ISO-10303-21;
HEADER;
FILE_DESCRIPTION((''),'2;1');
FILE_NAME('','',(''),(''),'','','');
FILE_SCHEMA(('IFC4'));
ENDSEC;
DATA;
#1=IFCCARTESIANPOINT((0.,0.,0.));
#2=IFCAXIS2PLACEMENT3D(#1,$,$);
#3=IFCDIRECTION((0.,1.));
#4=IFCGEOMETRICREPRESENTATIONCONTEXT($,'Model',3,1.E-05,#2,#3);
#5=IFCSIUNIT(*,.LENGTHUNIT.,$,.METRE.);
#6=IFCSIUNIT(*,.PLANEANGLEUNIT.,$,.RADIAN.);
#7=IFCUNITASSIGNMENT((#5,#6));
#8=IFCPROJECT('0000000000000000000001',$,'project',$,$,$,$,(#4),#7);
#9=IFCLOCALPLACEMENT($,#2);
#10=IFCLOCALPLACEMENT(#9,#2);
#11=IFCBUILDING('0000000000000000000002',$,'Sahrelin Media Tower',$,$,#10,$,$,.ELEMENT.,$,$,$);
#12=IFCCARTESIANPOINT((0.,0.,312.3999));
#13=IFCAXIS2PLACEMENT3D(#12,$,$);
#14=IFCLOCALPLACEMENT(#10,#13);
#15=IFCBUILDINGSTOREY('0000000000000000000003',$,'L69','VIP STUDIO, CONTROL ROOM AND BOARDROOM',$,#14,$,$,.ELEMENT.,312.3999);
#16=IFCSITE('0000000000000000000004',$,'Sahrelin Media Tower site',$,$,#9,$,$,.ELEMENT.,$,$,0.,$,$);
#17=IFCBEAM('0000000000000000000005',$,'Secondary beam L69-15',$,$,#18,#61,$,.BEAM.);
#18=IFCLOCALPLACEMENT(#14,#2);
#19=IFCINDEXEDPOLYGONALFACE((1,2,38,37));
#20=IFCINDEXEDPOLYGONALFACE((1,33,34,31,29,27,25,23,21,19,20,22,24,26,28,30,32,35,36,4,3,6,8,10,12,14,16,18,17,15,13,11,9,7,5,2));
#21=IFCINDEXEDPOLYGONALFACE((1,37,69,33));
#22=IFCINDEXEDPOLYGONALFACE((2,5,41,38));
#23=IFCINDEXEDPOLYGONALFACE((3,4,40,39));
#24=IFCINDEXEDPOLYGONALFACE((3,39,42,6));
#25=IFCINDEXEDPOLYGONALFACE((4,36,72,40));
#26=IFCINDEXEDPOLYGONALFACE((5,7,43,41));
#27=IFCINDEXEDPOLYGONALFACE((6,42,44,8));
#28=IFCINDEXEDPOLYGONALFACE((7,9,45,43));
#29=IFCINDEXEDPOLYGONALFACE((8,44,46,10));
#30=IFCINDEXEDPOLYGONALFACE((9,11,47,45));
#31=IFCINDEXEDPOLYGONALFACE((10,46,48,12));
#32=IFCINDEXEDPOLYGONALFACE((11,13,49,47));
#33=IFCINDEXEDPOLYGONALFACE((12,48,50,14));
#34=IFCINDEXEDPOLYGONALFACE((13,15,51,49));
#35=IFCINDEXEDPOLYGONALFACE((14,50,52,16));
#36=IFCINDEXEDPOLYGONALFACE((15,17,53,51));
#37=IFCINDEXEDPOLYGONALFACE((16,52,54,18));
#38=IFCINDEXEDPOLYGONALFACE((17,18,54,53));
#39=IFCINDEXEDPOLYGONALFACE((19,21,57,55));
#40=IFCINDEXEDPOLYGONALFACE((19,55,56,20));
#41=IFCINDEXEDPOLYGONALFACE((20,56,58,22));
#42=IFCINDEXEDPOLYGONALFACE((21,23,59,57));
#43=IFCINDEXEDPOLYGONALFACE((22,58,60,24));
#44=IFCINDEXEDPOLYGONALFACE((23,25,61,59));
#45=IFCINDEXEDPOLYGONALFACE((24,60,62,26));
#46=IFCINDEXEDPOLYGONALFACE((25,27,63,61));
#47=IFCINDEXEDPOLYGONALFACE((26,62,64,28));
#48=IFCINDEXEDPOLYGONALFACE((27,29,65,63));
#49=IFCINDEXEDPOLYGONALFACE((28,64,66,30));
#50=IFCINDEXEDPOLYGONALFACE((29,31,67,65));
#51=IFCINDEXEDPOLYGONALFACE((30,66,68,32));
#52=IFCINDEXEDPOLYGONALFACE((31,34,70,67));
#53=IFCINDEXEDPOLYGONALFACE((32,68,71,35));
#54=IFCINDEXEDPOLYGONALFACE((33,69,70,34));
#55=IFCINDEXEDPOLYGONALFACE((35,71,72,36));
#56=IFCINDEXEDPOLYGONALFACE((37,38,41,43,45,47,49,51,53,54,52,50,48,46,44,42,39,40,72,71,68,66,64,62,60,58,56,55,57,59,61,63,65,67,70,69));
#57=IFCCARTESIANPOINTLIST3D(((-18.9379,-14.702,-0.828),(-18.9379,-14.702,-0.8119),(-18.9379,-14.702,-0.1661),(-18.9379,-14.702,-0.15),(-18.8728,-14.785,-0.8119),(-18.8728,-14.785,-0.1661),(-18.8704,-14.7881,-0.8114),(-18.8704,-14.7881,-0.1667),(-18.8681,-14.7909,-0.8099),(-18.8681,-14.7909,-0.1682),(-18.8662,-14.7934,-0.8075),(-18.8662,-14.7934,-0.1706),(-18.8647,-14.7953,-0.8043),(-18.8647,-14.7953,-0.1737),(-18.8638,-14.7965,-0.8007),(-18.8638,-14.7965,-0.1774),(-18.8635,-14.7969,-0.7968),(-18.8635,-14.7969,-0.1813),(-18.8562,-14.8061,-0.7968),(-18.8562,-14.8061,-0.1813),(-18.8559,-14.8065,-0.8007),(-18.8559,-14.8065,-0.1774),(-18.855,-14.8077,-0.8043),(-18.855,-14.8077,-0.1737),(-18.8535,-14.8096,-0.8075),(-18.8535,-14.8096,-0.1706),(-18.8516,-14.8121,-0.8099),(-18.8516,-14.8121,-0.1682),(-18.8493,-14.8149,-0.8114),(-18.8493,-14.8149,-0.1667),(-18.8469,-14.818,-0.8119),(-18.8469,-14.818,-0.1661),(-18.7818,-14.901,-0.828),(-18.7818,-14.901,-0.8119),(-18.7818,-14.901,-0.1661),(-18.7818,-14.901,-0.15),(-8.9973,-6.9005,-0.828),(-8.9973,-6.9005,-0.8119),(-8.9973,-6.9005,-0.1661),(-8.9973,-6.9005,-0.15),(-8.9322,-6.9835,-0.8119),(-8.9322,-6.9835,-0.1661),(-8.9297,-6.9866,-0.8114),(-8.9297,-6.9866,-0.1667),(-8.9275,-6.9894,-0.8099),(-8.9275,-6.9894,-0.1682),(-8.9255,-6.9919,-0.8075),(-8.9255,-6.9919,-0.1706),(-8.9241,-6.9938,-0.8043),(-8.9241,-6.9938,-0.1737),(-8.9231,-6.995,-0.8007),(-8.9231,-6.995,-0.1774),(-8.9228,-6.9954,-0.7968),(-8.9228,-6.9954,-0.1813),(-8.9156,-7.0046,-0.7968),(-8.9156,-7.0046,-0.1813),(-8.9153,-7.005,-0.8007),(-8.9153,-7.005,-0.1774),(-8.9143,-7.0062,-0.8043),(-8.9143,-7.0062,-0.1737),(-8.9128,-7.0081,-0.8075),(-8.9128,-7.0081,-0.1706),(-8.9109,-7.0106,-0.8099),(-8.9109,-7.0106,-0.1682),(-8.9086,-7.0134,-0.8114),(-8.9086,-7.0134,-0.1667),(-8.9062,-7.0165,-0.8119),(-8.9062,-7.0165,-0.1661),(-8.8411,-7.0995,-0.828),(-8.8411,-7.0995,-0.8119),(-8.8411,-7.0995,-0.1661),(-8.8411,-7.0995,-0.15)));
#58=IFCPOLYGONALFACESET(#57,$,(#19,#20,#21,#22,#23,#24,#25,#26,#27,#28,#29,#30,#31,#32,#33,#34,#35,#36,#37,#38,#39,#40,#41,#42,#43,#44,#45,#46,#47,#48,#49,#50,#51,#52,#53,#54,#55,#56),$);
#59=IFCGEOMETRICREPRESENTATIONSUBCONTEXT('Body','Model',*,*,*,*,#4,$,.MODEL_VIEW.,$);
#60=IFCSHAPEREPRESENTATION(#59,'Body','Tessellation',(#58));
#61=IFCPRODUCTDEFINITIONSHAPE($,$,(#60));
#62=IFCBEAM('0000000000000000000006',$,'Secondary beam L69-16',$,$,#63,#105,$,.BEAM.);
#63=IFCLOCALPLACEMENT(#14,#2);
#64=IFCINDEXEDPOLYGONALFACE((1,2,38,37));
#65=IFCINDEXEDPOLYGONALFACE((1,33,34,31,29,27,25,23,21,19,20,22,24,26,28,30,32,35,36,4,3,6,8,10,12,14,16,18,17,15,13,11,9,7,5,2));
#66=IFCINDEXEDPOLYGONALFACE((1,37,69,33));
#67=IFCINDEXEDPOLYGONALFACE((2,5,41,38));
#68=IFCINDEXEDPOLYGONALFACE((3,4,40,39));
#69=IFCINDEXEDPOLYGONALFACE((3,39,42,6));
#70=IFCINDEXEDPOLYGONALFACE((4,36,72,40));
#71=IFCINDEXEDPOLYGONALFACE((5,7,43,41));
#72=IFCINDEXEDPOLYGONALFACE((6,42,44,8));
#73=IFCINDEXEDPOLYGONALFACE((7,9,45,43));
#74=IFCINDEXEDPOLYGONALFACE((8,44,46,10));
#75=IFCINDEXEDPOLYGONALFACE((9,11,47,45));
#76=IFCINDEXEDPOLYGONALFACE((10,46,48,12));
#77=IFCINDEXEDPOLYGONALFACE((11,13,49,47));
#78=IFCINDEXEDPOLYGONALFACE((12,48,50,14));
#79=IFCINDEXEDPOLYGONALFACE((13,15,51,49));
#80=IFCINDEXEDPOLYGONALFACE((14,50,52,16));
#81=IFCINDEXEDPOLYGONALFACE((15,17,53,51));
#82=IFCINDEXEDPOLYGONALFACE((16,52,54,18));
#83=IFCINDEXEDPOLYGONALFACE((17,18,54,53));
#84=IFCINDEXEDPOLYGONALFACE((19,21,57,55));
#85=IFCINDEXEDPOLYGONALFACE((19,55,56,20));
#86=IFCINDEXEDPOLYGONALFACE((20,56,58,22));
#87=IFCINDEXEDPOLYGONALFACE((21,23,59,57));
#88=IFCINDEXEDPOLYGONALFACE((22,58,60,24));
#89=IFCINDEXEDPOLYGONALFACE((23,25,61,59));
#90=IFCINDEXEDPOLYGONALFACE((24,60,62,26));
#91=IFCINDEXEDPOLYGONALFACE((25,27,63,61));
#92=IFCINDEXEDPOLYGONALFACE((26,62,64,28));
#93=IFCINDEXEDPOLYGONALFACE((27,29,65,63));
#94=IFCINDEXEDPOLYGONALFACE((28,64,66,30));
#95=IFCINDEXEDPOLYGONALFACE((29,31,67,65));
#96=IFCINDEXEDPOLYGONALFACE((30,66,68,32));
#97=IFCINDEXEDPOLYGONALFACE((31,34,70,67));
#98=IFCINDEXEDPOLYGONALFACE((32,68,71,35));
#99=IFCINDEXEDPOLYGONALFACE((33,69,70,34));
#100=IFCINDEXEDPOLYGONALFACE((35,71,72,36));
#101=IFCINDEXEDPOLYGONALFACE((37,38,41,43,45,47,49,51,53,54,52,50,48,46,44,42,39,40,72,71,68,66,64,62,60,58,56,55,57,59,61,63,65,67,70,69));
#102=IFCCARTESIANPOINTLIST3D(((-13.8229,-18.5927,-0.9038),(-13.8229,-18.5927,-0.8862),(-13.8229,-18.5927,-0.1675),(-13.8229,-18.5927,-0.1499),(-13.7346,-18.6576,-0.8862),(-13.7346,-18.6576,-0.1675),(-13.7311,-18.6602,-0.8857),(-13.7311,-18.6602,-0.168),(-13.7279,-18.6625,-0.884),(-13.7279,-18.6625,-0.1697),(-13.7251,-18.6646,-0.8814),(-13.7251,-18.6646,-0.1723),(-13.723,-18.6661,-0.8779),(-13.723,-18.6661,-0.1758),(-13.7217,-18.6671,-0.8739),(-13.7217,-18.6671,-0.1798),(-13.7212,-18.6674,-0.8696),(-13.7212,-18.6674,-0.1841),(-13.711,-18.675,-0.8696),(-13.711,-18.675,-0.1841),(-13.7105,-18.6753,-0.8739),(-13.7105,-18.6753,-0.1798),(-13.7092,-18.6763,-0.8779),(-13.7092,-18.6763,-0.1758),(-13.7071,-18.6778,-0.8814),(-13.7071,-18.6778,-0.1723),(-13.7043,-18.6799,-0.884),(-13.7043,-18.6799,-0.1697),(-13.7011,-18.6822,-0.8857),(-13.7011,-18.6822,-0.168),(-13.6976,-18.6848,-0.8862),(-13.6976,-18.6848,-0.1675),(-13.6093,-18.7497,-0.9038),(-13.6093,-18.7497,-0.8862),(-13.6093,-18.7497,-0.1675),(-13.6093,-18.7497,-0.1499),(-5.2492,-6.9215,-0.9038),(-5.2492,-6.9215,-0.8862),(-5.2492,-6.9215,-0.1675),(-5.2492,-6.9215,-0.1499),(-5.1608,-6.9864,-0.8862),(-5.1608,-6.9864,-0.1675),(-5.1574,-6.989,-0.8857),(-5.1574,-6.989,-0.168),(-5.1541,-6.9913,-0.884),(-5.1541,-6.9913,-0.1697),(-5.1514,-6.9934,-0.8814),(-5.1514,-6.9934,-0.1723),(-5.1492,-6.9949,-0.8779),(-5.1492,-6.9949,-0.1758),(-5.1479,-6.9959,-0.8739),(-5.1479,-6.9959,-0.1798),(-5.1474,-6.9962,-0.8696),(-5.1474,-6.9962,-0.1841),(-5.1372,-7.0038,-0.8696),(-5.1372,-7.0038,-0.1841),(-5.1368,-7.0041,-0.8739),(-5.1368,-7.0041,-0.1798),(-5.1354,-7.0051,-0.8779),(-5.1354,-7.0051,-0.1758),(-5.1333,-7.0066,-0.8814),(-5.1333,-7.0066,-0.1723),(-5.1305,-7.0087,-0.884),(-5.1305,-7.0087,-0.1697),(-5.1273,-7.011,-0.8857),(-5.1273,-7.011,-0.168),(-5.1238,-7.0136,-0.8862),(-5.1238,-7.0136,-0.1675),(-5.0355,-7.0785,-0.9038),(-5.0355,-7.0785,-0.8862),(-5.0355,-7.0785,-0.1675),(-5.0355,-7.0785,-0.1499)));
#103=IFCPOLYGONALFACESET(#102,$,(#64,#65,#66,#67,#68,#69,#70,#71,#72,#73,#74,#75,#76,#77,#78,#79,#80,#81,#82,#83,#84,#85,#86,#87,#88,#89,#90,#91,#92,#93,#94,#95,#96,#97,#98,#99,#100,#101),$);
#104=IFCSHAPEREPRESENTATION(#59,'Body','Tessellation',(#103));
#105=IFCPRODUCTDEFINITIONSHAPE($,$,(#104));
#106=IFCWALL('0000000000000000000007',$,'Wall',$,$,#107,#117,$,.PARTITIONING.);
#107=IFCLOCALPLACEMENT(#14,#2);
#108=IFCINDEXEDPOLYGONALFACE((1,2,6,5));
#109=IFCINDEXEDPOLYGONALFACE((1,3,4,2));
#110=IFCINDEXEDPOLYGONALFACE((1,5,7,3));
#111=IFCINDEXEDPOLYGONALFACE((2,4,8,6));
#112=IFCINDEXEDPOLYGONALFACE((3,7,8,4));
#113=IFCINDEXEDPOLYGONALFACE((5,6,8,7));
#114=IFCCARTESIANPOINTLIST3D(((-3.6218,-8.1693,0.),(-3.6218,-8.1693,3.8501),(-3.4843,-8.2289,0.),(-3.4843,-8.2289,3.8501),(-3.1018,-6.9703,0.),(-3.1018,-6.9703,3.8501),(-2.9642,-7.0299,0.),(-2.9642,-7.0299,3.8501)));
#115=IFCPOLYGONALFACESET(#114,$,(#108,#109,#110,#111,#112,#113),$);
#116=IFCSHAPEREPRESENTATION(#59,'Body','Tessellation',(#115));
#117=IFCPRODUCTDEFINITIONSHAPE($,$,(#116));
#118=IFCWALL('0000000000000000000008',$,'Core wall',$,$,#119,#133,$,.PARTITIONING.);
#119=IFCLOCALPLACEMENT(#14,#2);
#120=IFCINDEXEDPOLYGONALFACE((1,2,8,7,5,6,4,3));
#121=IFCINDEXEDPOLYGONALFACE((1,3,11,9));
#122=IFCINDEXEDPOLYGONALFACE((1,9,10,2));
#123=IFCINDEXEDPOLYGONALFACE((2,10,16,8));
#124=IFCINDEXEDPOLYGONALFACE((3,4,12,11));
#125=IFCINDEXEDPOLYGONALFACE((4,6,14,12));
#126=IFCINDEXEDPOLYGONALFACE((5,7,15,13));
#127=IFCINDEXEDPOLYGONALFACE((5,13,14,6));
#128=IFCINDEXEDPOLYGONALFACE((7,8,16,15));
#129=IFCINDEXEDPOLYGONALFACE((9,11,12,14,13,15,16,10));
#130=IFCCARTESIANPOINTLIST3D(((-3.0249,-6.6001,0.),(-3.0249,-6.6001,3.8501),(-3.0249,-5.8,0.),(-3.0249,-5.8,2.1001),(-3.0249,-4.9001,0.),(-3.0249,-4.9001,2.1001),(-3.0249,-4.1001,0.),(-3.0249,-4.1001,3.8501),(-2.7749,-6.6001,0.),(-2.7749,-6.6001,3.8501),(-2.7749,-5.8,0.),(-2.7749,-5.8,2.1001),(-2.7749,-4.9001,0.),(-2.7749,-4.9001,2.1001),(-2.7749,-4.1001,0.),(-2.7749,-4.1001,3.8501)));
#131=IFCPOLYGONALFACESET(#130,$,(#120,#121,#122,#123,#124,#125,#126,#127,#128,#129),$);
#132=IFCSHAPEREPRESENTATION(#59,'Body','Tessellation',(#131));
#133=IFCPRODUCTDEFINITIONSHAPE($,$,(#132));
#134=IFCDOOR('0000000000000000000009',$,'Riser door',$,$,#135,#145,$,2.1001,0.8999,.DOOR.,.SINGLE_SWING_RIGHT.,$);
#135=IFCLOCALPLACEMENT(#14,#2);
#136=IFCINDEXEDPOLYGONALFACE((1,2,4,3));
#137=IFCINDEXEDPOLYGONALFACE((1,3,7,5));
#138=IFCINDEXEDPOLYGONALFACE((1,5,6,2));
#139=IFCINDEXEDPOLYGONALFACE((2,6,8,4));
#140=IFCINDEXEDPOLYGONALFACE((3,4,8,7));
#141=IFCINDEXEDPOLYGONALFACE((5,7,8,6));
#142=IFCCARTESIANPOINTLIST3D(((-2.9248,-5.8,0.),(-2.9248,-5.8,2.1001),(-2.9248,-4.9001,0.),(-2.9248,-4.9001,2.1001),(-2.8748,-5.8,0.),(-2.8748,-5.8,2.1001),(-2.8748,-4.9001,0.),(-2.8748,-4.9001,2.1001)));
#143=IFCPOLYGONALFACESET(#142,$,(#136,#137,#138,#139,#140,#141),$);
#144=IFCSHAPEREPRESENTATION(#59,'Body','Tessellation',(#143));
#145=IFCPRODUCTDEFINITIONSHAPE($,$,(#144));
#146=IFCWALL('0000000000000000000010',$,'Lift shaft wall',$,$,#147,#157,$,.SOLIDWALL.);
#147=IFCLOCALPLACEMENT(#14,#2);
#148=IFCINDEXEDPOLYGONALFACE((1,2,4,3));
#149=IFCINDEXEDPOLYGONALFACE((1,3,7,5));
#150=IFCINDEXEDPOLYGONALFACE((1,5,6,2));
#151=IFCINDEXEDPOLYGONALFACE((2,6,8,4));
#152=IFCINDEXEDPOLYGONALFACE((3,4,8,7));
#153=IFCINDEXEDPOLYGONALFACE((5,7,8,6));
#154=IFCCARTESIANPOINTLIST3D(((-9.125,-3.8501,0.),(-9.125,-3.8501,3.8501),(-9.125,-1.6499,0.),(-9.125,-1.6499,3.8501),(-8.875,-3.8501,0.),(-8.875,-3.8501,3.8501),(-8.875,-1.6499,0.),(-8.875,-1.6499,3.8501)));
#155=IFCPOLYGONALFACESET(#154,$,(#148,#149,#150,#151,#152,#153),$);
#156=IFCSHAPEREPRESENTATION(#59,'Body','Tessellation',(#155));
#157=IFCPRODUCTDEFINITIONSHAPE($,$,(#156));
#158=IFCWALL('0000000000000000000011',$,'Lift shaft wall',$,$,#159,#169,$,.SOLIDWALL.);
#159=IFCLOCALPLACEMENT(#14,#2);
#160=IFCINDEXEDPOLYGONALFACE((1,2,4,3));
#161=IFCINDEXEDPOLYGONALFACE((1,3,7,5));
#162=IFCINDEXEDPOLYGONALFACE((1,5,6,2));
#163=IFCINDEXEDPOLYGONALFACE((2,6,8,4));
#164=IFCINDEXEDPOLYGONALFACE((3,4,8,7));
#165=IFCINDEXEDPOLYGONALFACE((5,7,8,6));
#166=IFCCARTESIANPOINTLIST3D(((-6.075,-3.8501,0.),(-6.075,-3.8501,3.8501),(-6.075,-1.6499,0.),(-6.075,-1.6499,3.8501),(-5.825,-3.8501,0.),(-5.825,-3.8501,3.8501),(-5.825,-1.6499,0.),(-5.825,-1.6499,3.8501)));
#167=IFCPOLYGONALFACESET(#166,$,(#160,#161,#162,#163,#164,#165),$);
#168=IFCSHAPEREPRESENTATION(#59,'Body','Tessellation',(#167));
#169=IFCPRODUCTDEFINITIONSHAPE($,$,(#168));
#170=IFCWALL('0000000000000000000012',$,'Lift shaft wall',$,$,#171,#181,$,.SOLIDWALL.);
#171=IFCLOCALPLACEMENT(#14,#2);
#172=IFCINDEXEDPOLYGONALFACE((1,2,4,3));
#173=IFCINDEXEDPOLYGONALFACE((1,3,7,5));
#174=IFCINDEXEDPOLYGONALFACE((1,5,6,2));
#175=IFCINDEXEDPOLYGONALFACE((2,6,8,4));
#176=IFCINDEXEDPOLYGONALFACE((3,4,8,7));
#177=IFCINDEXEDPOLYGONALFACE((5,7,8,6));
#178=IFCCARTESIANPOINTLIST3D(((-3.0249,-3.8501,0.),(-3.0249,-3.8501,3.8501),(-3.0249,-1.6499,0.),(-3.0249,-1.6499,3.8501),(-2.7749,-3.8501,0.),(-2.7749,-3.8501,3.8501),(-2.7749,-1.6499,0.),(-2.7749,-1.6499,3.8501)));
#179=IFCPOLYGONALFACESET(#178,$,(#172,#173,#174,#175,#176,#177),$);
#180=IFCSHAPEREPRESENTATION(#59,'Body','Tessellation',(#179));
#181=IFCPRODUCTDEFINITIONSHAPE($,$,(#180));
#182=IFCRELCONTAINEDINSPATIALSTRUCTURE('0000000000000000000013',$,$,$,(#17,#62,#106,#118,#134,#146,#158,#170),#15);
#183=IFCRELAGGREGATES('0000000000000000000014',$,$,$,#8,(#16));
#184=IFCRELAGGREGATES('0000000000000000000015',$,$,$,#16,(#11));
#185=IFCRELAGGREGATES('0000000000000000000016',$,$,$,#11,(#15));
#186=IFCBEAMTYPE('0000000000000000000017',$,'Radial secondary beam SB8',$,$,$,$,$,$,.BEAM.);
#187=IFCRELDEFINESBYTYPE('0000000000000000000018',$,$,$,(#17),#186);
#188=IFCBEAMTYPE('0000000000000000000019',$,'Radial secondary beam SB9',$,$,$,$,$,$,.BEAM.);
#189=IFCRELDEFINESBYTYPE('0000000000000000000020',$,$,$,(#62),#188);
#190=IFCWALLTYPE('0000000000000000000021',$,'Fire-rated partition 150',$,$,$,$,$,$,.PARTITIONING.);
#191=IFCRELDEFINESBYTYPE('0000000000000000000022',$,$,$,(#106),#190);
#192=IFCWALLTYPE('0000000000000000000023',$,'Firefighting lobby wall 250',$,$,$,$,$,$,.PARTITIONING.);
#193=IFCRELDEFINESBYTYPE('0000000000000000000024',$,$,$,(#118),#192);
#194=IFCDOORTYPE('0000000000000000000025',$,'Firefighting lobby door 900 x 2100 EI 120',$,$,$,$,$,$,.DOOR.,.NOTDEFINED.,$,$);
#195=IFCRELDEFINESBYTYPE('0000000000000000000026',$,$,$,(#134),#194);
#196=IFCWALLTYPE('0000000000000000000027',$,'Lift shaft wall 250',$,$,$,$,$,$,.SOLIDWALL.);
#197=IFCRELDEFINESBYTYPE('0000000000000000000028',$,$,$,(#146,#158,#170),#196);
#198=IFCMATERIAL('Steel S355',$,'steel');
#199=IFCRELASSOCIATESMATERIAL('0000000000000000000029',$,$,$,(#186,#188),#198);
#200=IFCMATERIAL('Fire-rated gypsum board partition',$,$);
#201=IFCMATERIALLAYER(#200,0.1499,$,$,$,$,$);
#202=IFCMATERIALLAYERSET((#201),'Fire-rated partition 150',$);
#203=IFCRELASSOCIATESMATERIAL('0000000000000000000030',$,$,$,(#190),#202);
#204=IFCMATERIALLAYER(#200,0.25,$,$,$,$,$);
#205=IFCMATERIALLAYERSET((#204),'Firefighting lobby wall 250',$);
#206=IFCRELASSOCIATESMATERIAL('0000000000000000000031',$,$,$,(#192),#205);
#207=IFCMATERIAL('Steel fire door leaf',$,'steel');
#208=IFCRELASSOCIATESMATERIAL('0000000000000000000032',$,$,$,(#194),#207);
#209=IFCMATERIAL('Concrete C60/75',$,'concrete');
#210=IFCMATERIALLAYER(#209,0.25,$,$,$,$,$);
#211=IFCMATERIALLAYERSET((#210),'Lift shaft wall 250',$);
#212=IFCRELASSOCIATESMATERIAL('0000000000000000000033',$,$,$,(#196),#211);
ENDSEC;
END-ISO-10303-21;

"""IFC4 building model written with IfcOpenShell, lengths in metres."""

from ifc_helpers import new_model, si_unit, direction, frame, frame_2d, origin, origin_2d, place, context, subcontext, project, spatial, rectangle, i_section, extrude, material, layer, layer_set, material_profile, profile_set, type_object, element, fill, save


model = new_model("IFC4")

# Units and contexts
model_context = context("Model", 3, precision=1e-05, world=origin(), true_north=direction((0.0, 1.0)))
body_context = subcontext(model_context, "Body", "Model", "MODEL_VIEW")
ifc_project = project(units=[si_unit("LENGTHUNIT", "METRE"), si_unit("PLANEANGLEUNIT", "RADIAN")], contexts=[model_context])

# Site, building, storey
site_placement = place(None, origin())
site = spatial("IfcSite", under=ifc_project, at=site_placement, Name="Sahrelin Media Tower site", CompositionType="ELEMENT", RefElevation=0.0)
building_placement = place(site_placement, origin())
building = spatial("IfcBuilding", under=site, at=building_placement, Name="Sahrelin Media Tower", CompositionType="ELEMENT")
storey_placement = place(building_placement, frame((0.0, 0.0, 312.3999)))
storey = spatial("IfcBuildingStorey", under=building, at=storey_placement, Name="L69", Description="VIP STUDIO, CONTROL ROOM AND BOARDROOM", CompositionType="ELEMENT", Elevation=312.3999)

# Beams
ifc_material_1 = material(Name="Steel S355", Category="steel")
ifc_material_profile_1 = material_profile(ifc_material_1, i_section(OverallWidth=0.2529, OverallDepth=0.678, WebThickness=0.0117, FlangeThickness=0.0161, FilletRadius=0.0151, at=origin_2d()), Name="UB 686x254x125")
ifc_profile_set_1 = profile_set([ifc_material_profile_1], Name="Steel S355")
beam_type_1 = type_object("IfcBeamType", Name="Radial secondary beam SB8", PredefinedType="BEAM", material=ifc_profile_set_1)
beam_1_placement = place(storey_placement, frame((-8.9192, -7.0, -0.489), z_axis=(-0.786665, -0.61738, 0.0), x_axis=(0.61738, -0.786665, 0.0)))
element("IfcBeam", 1, at=beam_1_placement, inside=storey, type_object=beam_type_1, Name="Secondary beam L69-15", PredefinedType="BEAM", context=body_context, shape_type="SweptSolid", body=[
    extrude(i_section(OverallWidth=0.2529, OverallDepth=0.678, WebThickness=0.0117, FlangeThickness=0.0161, FilletRadius=0.0151, at=origin_2d()), origin(), (0.0, 0.0, 1.0), 12.6365),
])
ifc_material_profile_2 = material_profile(ifc_material_1, i_section(OverallWidth=0.2651, OverallDepth=0.7539, WebThickness=0.0127, FlangeThickness=0.0176, FilletRadius=0.0166, at=origin_2d()), Name="UB 762x267x147")
ifc_profile_set_2 = profile_set([ifc_material_profile_2], Name="Steel S355")
beam_type_2 = type_object("IfcBeamType", Name="Radial secondary beam SB9", PredefinedType="BEAM", material=ifc_profile_set_2)
beam_2_placement = place(storey_placement, frame((-5.1423, -7.0, -0.5269), z_axis=(-0.592032, -0.805914, 0.0), x_axis=(0.805914, -0.592032, 0.0)))
element("IfcBeam", 2, at=beam_2_placement, inside=storey, type_object=beam_type_2, Name="Secondary beam L69-16", PredefinedType="BEAM", context=body_context, shape_type="SweptSolid", body=[
    extrude(i_section(OverallWidth=0.2651, OverallDepth=0.7539, WebThickness=0.0127, FlangeThickness=0.0176, FilletRadius=0.0166, at=origin_2d()), origin(), (0.0, 0.0, 1.0), 14.4819),
])

# Wall
ifc_material_2 = material(Name="Fire-rated gypsum board partition")
ifc_layer_1 = layer(ifc_material_2, 0.1499)
ifc_layer_set_1 = layer_set([ifc_layer_1], Name="Fire-rated partition 150")
wall_type_1 = type_object("IfcWallType", Name="Fire-rated partition 150", PredefinedType="PARTITIONING", material=ifc_layer_set_1)
wall_1_placement = place(storey_placement, frame((-3.553, -8.199, 0.0), z_axis=(0.0, 0.0, 1.0), x_axis=(0.397906, 0.917426, 0.0)))
element("IfcWall", 3, at=wall_1_placement, inside=storey, type_object=wall_type_1, Name="Wall", PredefinedType="PARTITIONING", context=body_context, shape_type="SweptSolid", body=[
    extrude(rectangle(XDim=1.3069, YDim=0.1499, at=frame_2d((0.6533, 0.0))), origin(), (0.0, 0.0, 1.0), 3.8501),
])

# Wall, opening, door
ifc_layer_2 = layer(ifc_material_2, 0.25)
ifc_layer_set_2 = layer_set([ifc_layer_2], Name="Firefighting lobby wall 250")
wall_type_2 = type_object("IfcWallType", Name="Firefighting lobby wall 250", PredefinedType="PARTITIONING", material=ifc_layer_set_2)
wall_2_placement = place(storey_placement, frame((-2.8999, -6.6001, 0.0), z_axis=(0.0, 0.0, 1.0), x_axis=(0.0, 1.0, 0.0)))
wall_2 = element("IfcWall", 4, at=wall_2_placement, inside=storey, type_object=wall_type_2, Name="Core wall", PredefinedType="PARTITIONING", context=body_context, shape_type="SweptSolid", body=[
    extrude(rectangle(XDim=2.5, YDim=0.25, at=frame_2d((1.25, 0.0))), origin(), (0.0, 0.0, 1.0), 3.8501),
])
opening_placement = place(wall_2_placement, frame((0.8, 0.0, 0.0)))
opening = element("IfcOpeningElement", 5, at=opening_placement, cuts=wall_2, PredefinedType="OPENING", context=body_context, shape_type="SweptSolid", body=[
    extrude(rectangle(XDim=0.8999, YDim=2.1001, at=frame_2d((0.45, 1.05))), frame((0.0, 0.125, 0.0), z_axis=(0.0, -1.0, 0.0), x_axis=(1.0, 0.0, 0.0)), (0.0, 0.0, 1.0), 0.25),
])
ifc_material_3 = material(Name="Steel fire door leaf", Category="steel")
door_type = type_object("IfcDoorType", Name="Firefighting lobby door 900 x 2100 EI 120", OperationType="NOTDEFINED", PredefinedType="DOOR", material=ifc_material_3)
door_placement = place(opening_placement, origin())
door = element("IfcDoor", 6, at=door_placement, inside=storey, type_object=door_type, Name="Riser door", OperationType="SINGLE_SWING_RIGHT", OverallHeight=2.1001, OverallWidth=0.8999, PredefinedType="DOOR", context=body_context, shape_type="SweptSolid", body=[
    extrude(rectangle(XDim=0.8999, YDim=2.1001, at=frame_2d((0.45, 1.05))), frame((0.0, 0.0249, 0.0), z_axis=(0.0, -1.0, 0.0), x_axis=(1.0, 0.0, 0.0)), (0.0, 0.0, 1.0), 0.05),
])
fill(opening, door)

# Walls
ifc_material_4 = material(Name="Concrete C60/75", Category="concrete")
ifc_layer_3 = layer(ifc_material_4, 0.25)
ifc_layer_set_3 = layer_set([ifc_layer_3], Name="Lift shaft wall 250")
wall_type_3 = type_object("IfcWallType", Name="Lift shaft wall 250", PredefinedType="SOLIDWALL", material=ifc_layer_set_3)
for number, where, z_axis, x_axis, name in (
    (7, (-9.0, -3.8501, 0.0), (0.0, 0.0, 1.0), (0.0, 1.0, 0.0), "Lift shaft wall"),
    (8, (-5.95, -3.8501, 0.0), (0.0, 0.0, 1.0), (0.0, 1.0, 0.0), "Lift shaft wall"),
    (9, (-2.8999, -3.8501, 0.0), (0.0, 0.0, 1.0), (0.0, 1.0, 0.0), "Lift shaft wall"),
):
    element("IfcWall", number, at=place(storey_placement, frame(where, z_axis=z_axis, x_axis=x_axis)), inside=storey, type_object=wall_type_3, Name=name, PredefinedType="SOLIDWALL", context=body_context, shape_type="SweptSolid", body=[
        extrude(rectangle(XDim=2.2002, YDim=0.25, at=frame_2d((1.1001, 0.0))), origin(), (0.0, 0.0, 1.0), 3.8501),
    ])

save(model, "model.ifc")
